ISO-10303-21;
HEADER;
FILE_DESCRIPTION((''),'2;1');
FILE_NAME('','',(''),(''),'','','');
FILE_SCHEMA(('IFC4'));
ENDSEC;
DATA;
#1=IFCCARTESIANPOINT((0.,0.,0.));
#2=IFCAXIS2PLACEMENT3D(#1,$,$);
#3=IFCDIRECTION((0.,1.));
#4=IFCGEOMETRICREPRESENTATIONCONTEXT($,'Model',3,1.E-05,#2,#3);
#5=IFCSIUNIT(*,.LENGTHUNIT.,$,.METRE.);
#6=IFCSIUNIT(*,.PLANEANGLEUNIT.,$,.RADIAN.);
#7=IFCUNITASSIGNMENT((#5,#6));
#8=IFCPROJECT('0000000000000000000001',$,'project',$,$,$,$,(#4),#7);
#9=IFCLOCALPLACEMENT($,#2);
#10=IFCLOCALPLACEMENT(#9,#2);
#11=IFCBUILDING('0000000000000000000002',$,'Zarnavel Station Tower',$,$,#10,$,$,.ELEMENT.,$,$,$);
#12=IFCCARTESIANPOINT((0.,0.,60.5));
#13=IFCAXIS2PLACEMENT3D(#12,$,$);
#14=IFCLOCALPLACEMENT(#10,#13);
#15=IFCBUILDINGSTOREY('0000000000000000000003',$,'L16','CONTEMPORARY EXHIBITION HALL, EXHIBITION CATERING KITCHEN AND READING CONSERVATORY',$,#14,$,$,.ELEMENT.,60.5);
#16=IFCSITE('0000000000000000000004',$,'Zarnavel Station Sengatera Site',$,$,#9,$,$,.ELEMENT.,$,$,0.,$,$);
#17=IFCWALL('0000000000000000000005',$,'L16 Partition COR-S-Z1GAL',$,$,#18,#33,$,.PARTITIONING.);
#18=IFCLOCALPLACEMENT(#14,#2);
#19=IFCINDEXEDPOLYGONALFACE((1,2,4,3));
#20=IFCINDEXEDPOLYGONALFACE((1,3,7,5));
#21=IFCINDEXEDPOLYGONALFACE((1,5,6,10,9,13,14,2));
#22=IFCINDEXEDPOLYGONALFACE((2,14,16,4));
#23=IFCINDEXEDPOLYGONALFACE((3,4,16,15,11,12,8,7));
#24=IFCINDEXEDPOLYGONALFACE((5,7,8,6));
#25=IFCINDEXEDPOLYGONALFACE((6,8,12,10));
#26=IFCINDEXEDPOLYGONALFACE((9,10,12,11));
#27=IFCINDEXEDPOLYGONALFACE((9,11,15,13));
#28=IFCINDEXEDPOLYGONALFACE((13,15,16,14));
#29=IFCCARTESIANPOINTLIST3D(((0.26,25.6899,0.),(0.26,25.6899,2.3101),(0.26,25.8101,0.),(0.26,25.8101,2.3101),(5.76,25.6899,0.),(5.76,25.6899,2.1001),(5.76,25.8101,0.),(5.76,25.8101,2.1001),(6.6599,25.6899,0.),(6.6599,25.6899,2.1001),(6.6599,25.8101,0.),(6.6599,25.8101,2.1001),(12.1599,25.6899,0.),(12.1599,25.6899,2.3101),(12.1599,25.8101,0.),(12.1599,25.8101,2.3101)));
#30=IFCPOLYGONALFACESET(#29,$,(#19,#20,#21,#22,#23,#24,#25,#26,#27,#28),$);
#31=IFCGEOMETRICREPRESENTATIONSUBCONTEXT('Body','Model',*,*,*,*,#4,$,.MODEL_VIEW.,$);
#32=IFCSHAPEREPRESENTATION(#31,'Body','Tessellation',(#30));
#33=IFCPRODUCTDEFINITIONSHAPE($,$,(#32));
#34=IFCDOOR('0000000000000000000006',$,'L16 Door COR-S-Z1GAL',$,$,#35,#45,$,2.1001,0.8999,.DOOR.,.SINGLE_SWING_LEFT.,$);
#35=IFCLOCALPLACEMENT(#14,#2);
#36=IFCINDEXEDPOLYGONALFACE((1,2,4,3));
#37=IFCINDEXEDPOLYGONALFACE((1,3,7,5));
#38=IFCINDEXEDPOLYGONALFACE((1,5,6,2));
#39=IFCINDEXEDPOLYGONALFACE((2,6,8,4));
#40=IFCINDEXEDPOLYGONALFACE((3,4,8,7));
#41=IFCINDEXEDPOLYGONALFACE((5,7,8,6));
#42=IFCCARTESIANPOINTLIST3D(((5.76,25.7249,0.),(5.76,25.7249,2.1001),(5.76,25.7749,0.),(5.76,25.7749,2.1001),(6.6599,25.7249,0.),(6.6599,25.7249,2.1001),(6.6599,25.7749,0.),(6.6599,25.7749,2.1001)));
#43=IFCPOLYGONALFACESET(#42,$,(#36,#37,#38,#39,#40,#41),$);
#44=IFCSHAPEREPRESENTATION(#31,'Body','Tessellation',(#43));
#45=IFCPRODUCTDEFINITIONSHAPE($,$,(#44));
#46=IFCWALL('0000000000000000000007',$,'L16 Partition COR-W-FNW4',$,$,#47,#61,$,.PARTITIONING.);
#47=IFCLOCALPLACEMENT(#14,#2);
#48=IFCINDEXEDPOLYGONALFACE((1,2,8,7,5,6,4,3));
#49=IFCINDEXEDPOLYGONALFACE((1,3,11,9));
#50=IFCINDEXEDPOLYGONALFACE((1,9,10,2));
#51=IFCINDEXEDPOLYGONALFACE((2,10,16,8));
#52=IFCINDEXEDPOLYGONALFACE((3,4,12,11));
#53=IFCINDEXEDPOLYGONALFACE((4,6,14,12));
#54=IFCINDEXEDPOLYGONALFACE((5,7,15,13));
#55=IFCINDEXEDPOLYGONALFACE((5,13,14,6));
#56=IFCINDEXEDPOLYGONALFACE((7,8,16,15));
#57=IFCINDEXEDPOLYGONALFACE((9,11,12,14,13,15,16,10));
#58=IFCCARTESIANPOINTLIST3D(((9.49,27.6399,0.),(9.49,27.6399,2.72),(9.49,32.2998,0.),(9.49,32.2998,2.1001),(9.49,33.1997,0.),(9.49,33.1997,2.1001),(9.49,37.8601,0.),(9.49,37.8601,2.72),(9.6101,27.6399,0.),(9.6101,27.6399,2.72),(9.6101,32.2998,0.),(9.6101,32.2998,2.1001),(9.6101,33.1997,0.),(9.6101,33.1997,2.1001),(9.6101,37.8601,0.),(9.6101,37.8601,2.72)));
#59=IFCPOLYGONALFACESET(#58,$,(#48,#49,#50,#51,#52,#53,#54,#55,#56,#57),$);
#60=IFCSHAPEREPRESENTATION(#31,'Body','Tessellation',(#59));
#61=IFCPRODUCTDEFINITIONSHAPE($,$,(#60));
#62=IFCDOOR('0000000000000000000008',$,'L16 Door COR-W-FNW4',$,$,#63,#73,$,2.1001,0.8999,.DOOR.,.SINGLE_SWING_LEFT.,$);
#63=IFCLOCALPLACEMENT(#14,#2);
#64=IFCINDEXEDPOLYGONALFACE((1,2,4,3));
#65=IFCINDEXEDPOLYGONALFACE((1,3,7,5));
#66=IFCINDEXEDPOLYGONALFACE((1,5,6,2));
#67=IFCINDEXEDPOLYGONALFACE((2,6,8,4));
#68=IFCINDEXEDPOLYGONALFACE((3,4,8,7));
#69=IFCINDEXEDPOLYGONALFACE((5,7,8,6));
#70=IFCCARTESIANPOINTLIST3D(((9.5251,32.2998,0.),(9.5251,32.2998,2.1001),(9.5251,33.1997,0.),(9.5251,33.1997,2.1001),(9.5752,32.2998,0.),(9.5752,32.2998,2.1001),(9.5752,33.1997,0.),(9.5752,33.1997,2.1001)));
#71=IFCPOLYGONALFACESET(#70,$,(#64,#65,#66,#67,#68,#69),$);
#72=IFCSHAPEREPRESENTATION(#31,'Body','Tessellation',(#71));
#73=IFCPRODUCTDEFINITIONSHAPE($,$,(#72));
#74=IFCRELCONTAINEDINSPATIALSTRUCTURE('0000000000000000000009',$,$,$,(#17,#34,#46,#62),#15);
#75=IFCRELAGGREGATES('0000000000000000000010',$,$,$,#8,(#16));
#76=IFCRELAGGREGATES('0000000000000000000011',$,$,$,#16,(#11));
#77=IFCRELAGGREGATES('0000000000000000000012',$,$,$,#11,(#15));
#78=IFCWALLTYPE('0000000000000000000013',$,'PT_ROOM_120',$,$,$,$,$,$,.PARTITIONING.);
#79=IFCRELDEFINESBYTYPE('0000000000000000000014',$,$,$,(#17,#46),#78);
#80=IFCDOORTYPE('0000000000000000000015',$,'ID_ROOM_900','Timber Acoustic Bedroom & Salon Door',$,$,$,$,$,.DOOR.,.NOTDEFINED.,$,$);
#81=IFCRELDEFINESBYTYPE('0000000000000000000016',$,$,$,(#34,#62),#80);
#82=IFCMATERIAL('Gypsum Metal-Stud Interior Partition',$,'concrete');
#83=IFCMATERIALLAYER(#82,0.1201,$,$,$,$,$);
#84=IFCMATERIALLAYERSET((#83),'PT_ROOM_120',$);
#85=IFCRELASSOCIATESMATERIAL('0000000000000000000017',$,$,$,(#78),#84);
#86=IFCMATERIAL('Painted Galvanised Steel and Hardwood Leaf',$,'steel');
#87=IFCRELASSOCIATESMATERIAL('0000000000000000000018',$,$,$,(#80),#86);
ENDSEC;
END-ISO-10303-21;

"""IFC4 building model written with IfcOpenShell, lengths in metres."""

from ifc_helpers import new_model, si_unit, direction, frame, frame_2d, origin, place, context, subcontext, project, spatial, rectangle, extrude, material, layer, layer_set, type_object, element, fill, save


model = new_model("IFC4")

# Units and contexts
model_context = context("Model", 3, precision=1e-05, world=origin(), true_north=direction((0.0, 1.0)))
body_context = subcontext(model_context, "Body", "Model", "MODEL_VIEW")
ifc_project = project(units=[si_unit("LENGTHUNIT", "METRE"), si_unit("PLANEANGLEUNIT", "RADIAN")], contexts=[model_context])

# Site, building, storey
site_placement = place(None, origin())
site = spatial("IfcSite", under=ifc_project, at=site_placement, Name="Zarnavel Station Sengatera Site", CompositionType="ELEMENT", RefElevation=0.0)
building_placement = place(site_placement, origin())
building = spatial("IfcBuilding", under=site, at=building_placement, Name="Zarnavel Station Tower", CompositionType="ELEMENT")
storey_placement = place(building_placement, frame((0.0, 0.0, 60.5)))
storey = spatial("IfcBuildingStorey", under=building, at=storey_placement, Name="L16", Description="CONTEMPORARY EXHIBITION HALL, EXHIBITION CATERING KITCHEN AND READING CONSERVATORY", CompositionType="ELEMENT", Elevation=60.5)

# Walls, openings, doors
ifc_material_1 = material(Name="Gypsum Metal-Stud Interior Partition", Category="concrete")
ifc_layer_1 = layer(ifc_material_1, 0.1201)
ifc_layer_set_1 = layer_set([ifc_layer_1], Name="PT_ROOM_120")
wall_type_1 = type_object("IfcWallType", Name="PT_ROOM_120", PredefinedType="PARTITIONING", material=ifc_layer_set_1)
ifc_material_2 = material(Name="Painted Galvanised Steel and Hardwood Leaf", Category="steel")
door_type = type_object("IfcDoorType", Name="ID_ROOM_900", Description="Timber Acoustic Bedroom & Salon Door", OperationType="NOTDEFINED", PredefinedType="DOOR", material=ifc_material_2)
wall_1_placement = place(storey_placement, frame((0.26, 25.75, 0.0), z_axis=(0.0, 0.0, 1.0), x_axis=(1.0, 0.0, 0.0)))
wall_1 = element("IfcWall", 1, at=wall_1_placement, inside=storey, type_object=wall_type_1, Name="L16 Partition COR-S-Z1GAL", PredefinedType="PARTITIONING", context=body_context, shape_type="SweptSolid", body=[
    extrude(rectangle(XDim=11.8999, YDim=0.1201, at=frame_2d((5.95, 0.0))), origin(), (0.0, 0.0, 1.0), 2.3101),
])
opening_1_placement = place(wall_1_placement, frame((5.5, 0.0, 0.0)))
opening_1 = element("IfcOpeningElement", 2, at=opening_1_placement, cuts=wall_1, PredefinedType="OPENING", context=body_context, shape_type="SweptSolid", body=[
    extrude(rectangle(XDim=0.8999, YDim=2.1001, at=frame_2d((0.45, 1.05))), frame((0.0, 0.0701, 0.0), z_axis=(0.0, -1.0, 0.0), x_axis=(1.0, 0.0, 0.0)), (0.0, 0.0, 1.0), 0.1401),
])
door_1_placement = place(opening_1_placement, origin())
door_1 = element("IfcDoor", 3, at=door_1_placement, inside=storey, type_object=door_type, Name="L16 Door COR-S-Z1GAL", OperationType="SINGLE_SWING_LEFT", OverallHeight=2.1001, OverallWidth=0.8999, PredefinedType="DOOR", context=body_context, shape_type="SweptSolid", body=[
    extrude(rectangle(XDim=0.8999, YDim=2.1001, at=frame_2d((0.45, 1.05))), frame((0.0, 0.0249, 0.0), z_axis=(0.0, -1.0, 0.0), x_axis=(1.0, 0.0, 0.0)), (0.0, 0.0, 1.0), 0.05),
])
fill(opening_1, door_1)
wall_2_placement = place(storey_placement, frame((9.55, 27.6399, 0.0), z_axis=(0.0, 0.0, 1.0), x_axis=(0.0, 1.0, 0.0)))
wall_2 = element("IfcWall", 4, at=wall_2_placement, inside=storey, type_object=wall_type_1, Name="L16 Partition COR-W-FNW4", PredefinedType="PARTITIONING", context=body_context, shape_type="SweptSolid", body=[
    extrude(rectangle(XDim=10.2202, YDim=0.1201, at=frame_2d((5.1101, 0.0))), origin(), (0.0, 0.0, 1.0), 2.72),
])
opening_2_placement = place(wall_2_placement, frame((4.6599, 0.0, 0.0)))
opening_2 = element("IfcOpeningElement", 5, at=opening_2_placement, cuts=wall_2, PredefinedType="OPENING", context=body_context, shape_type="SweptSolid", body=[
    extrude(rectangle(XDim=0.8999, YDim=2.1001, at=frame_2d((0.45, 1.05))), frame((0.0, 0.0701, 0.0), z_axis=(0.0, -1.0, 0.0), x_axis=(1.0, 0.0, 0.0)), (0.0, 0.0, 1.0), 0.1401),
])
door_2_placement = place(opening_2_placement, origin())
door_2 = element("IfcDoor", 6, at=door_2_placement, inside=storey, type_object=door_type, Name="L16 Door COR-W-FNW4", OperationType="SINGLE_SWING_LEFT", OverallHeight=2.1001, OverallWidth=0.8999, PredefinedType="DOOR", context=body_context, shape_type="SweptSolid", body=[
    extrude(rectangle(XDim=0.8999, YDim=2.1001, at=frame_2d((0.45, 1.05))), frame((0.0, 0.0249, 0.0), z_axis=(0.0, -1.0, 0.0), x_axis=(1.0, 0.0, 0.0)), (0.0, 0.0, 1.0), 0.05),
])
fill(opening_2, door_2)

save(model, "model.ifc")
